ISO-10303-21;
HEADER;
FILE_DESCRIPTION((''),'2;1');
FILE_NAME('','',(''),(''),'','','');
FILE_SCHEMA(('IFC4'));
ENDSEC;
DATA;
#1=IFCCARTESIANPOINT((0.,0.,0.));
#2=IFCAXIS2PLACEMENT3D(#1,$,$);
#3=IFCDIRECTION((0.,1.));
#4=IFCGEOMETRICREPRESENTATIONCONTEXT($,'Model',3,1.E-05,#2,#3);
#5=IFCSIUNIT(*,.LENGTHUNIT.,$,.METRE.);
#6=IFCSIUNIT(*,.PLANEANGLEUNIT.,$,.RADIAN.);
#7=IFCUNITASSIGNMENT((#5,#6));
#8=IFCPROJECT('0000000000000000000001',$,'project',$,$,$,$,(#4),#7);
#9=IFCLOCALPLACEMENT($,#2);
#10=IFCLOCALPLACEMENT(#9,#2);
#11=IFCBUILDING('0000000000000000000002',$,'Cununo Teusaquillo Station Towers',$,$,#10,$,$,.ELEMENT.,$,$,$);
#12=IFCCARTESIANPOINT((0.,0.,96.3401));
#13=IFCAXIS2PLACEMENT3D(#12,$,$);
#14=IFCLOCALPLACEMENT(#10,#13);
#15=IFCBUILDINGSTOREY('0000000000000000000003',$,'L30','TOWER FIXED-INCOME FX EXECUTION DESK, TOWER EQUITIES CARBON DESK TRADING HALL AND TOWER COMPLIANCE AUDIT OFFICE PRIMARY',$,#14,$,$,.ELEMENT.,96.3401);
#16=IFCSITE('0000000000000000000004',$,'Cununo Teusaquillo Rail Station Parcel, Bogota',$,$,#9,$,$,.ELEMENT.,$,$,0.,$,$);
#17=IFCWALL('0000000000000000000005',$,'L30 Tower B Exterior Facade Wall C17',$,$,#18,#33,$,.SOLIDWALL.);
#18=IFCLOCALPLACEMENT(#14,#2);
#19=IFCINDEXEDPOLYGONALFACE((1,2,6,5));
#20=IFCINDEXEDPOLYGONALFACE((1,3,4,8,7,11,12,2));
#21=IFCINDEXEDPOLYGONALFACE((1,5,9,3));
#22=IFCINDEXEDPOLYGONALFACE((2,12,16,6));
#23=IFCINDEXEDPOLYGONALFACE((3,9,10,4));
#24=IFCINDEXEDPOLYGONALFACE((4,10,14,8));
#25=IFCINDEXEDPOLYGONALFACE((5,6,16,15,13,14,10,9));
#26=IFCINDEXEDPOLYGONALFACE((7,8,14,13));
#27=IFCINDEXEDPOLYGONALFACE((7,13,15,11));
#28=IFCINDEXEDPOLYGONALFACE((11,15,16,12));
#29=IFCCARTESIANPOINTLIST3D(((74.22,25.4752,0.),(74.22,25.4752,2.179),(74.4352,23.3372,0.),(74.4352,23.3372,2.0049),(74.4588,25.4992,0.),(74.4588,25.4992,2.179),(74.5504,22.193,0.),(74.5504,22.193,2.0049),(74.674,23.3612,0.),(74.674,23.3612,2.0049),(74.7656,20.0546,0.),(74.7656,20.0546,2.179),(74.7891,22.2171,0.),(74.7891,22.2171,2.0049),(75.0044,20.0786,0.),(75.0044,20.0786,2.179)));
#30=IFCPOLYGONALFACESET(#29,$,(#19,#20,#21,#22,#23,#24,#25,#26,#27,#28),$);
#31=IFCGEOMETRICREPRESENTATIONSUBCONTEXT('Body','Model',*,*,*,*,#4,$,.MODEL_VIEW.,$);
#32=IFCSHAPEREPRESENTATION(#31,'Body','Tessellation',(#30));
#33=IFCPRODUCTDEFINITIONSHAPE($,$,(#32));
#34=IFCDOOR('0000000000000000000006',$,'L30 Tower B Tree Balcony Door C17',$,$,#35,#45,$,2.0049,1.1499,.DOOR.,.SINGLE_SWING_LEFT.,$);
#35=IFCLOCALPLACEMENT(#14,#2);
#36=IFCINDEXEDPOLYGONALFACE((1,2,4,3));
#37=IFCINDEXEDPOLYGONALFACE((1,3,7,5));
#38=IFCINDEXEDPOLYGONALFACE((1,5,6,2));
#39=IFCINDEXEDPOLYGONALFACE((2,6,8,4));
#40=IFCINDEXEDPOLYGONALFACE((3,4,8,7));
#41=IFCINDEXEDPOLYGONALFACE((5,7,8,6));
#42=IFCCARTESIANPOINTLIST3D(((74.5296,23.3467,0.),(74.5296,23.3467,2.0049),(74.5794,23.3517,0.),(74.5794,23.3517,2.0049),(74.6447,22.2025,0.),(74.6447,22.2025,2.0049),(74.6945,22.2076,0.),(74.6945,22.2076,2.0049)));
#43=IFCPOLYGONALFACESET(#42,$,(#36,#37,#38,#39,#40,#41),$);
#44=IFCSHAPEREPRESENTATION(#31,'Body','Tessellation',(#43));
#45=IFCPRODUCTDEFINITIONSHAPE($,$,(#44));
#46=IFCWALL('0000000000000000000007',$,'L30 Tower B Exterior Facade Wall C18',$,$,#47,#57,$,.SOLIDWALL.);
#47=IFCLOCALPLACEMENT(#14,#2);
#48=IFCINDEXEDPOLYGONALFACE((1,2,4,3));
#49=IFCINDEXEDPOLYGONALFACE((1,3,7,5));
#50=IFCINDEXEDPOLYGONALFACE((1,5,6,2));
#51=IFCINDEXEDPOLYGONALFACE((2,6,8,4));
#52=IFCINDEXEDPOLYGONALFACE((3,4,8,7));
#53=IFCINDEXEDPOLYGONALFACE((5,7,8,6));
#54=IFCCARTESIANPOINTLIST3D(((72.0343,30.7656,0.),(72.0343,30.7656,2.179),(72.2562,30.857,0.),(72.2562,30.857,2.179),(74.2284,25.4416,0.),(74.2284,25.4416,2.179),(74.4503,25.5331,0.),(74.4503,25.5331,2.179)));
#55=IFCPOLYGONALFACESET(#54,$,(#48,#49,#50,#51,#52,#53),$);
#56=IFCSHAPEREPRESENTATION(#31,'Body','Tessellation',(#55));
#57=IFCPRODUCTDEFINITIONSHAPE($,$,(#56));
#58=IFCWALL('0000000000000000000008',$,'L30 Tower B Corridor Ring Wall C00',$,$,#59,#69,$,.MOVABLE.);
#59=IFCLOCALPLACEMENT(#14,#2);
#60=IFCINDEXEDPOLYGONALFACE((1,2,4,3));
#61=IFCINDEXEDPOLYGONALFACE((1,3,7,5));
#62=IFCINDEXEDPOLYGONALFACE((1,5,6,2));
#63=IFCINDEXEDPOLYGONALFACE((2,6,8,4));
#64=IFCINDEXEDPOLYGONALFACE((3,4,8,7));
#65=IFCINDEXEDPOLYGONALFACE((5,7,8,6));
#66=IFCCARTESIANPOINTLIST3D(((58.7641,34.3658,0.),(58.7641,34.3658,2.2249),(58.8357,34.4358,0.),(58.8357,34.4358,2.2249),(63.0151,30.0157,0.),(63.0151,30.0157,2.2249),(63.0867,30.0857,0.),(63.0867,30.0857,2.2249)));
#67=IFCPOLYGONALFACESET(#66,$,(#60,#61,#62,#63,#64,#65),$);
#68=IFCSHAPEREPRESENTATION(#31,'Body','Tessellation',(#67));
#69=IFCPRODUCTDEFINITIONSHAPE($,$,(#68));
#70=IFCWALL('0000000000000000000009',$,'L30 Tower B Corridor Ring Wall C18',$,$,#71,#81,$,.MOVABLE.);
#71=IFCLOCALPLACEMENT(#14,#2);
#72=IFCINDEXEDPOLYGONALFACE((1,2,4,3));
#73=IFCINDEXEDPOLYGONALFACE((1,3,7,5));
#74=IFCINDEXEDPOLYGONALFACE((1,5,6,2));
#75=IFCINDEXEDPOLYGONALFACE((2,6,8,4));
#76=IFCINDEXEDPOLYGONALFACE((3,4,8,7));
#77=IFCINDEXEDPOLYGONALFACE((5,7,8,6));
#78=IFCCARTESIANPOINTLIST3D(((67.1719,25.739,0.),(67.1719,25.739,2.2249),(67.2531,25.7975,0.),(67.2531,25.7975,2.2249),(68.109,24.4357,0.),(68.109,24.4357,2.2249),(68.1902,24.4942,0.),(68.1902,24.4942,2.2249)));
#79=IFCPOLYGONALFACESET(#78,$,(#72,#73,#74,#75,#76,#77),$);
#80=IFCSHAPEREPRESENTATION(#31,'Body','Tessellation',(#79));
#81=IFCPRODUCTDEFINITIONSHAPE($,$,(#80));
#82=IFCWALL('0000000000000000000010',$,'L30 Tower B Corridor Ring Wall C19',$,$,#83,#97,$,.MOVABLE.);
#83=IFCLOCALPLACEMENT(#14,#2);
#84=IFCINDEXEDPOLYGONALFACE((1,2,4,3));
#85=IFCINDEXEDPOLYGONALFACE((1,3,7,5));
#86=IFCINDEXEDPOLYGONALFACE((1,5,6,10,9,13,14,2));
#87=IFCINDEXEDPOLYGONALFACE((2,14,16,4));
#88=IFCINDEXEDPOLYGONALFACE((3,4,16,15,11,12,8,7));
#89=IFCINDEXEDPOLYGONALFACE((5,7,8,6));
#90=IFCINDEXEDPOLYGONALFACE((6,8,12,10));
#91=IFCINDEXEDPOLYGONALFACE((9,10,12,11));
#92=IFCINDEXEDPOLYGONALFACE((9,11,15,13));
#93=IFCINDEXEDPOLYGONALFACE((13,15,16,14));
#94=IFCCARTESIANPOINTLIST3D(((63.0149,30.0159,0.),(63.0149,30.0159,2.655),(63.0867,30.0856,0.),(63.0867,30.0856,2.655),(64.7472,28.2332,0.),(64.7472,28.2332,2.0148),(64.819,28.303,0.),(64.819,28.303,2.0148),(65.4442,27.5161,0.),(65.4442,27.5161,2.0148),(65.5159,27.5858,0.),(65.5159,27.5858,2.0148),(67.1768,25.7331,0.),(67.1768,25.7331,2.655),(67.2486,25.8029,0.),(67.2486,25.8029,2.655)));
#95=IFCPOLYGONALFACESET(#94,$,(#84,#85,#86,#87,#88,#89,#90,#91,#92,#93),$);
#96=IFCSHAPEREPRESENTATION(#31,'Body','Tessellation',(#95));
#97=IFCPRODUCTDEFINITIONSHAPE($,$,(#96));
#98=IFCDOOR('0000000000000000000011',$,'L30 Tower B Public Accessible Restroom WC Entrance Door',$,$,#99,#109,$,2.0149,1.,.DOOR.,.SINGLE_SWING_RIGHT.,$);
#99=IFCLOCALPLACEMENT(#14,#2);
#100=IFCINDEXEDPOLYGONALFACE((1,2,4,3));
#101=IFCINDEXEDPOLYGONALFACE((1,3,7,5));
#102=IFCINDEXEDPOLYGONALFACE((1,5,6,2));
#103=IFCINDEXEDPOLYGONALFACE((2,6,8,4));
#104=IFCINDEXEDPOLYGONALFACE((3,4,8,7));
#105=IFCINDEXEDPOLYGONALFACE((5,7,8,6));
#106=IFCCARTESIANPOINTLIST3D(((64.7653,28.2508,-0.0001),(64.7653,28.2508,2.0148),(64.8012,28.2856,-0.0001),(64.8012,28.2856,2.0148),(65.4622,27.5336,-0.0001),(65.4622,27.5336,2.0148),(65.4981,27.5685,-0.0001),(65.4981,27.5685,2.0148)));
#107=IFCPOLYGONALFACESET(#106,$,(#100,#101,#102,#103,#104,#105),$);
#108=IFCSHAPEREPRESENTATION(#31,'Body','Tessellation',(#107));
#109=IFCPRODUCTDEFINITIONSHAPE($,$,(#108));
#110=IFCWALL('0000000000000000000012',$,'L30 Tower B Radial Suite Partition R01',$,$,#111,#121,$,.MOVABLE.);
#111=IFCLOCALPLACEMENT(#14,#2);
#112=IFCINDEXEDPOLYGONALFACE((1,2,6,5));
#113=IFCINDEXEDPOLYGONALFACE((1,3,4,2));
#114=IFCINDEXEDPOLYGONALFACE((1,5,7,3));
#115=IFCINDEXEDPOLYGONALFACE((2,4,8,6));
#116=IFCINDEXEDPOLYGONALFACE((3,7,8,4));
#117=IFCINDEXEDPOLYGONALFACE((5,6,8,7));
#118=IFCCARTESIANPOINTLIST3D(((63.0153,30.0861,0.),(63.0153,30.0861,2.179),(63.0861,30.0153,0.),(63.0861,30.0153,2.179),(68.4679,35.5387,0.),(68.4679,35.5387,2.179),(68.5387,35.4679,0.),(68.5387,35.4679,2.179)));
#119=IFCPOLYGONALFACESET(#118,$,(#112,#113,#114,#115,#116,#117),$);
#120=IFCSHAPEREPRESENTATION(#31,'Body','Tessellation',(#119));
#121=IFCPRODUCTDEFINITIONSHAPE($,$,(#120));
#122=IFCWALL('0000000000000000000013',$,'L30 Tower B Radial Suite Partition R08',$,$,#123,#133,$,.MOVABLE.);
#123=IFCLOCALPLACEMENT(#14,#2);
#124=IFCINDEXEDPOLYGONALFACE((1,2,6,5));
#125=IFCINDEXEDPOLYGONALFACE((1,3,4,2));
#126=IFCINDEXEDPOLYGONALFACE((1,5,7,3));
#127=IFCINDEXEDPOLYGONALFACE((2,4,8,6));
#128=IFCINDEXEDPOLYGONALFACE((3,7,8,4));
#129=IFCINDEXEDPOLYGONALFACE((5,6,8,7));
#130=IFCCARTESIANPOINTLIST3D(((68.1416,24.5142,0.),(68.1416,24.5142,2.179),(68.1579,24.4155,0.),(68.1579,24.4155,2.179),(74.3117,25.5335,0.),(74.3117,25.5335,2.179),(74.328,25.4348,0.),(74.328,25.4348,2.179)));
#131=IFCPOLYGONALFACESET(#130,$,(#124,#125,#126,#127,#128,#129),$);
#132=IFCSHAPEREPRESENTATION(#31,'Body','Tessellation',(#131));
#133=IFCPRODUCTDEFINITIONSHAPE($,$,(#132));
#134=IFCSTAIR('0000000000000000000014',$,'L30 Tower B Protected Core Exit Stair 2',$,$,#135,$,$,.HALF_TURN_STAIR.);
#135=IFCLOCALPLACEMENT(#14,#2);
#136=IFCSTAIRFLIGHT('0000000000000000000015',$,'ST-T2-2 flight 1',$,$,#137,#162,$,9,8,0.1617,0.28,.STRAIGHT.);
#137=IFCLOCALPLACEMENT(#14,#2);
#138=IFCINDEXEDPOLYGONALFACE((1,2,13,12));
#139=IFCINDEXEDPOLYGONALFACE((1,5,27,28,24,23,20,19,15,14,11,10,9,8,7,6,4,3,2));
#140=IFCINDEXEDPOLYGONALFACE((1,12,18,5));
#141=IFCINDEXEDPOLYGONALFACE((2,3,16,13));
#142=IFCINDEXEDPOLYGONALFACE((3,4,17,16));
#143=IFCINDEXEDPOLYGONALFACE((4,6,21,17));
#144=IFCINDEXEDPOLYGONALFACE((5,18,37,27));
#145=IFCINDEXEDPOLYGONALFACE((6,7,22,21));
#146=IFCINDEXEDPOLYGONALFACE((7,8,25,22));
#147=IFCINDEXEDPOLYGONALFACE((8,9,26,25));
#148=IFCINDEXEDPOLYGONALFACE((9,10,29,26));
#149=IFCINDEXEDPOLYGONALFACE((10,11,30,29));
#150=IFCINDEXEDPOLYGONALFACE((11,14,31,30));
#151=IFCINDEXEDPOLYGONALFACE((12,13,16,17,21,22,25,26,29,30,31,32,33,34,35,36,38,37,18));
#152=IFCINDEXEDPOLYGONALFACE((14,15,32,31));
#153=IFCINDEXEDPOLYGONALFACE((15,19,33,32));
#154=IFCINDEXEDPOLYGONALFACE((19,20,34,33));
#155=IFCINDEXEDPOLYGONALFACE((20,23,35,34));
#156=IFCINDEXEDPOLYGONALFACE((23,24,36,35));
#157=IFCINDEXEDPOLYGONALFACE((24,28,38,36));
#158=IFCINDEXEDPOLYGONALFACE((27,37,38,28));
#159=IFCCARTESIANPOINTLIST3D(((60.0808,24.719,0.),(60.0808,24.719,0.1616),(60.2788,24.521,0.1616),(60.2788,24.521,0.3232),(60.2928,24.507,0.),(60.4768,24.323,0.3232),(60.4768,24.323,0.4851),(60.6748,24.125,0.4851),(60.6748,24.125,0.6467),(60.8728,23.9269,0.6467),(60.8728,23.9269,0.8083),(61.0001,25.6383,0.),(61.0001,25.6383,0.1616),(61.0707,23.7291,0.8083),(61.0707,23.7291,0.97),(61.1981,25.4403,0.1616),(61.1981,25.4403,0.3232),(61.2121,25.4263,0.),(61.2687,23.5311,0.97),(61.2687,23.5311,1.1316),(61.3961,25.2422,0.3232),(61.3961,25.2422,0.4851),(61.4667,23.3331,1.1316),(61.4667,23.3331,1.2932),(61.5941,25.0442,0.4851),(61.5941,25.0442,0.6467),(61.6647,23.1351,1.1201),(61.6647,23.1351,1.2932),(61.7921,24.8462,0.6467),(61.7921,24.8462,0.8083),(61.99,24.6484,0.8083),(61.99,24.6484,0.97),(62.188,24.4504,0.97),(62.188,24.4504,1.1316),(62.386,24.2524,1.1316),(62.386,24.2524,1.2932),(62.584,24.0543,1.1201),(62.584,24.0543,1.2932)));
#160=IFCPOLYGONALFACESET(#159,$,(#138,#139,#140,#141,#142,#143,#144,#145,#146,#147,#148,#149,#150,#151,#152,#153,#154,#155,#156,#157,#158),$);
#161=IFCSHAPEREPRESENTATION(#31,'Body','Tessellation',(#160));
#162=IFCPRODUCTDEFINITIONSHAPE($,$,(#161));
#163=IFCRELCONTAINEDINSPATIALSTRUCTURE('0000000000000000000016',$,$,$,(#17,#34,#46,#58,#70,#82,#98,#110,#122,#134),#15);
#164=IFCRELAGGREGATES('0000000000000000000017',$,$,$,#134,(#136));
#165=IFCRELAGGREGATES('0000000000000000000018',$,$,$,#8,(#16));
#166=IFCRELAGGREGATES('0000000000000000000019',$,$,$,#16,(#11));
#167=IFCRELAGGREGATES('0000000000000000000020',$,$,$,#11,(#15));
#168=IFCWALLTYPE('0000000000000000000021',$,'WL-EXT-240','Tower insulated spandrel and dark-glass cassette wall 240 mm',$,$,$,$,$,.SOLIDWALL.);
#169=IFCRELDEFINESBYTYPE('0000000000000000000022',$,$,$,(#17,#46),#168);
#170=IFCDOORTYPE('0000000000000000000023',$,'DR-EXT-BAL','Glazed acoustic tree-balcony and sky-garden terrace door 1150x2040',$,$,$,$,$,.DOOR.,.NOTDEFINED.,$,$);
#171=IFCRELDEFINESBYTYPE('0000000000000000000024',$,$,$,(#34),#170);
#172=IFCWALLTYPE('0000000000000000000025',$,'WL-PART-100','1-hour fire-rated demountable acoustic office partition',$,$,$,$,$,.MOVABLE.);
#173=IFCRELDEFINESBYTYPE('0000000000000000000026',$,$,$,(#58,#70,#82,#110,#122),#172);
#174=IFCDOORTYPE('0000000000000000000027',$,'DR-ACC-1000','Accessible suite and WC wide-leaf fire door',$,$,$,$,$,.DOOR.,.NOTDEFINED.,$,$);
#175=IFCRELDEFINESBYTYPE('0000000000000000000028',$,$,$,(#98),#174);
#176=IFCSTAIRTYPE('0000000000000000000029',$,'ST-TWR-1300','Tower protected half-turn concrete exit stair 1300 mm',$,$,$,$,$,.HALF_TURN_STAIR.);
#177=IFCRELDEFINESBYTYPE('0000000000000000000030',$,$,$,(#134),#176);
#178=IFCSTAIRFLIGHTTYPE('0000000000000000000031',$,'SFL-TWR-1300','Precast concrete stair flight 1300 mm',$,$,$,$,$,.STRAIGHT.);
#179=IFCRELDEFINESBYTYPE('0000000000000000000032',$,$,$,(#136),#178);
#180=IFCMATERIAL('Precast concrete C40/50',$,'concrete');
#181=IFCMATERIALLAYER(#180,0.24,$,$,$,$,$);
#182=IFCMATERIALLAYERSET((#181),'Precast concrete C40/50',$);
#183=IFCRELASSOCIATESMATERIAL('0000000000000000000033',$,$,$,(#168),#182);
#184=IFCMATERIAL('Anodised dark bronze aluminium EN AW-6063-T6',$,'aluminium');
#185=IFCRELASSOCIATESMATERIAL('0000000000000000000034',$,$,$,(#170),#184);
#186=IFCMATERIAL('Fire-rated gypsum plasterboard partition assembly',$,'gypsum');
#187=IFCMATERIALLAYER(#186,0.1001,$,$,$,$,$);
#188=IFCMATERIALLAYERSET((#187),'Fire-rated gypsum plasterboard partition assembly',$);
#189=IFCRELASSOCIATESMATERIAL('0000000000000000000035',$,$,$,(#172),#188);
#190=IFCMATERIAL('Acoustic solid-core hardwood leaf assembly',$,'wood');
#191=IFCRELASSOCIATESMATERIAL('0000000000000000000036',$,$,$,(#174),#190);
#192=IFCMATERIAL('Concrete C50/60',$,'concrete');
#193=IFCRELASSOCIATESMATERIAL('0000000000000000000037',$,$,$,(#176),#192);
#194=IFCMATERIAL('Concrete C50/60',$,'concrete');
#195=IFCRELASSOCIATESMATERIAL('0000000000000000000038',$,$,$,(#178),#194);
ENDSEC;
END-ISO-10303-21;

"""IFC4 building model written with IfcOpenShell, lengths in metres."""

from ifc_helpers import new_model, si_unit, direction, frame, frame_2d, origin, place, context, subcontext, project, spatial, polyline, rectangle, outline, extrude, source, transform, mapped, material, layer, layer_set, type_object, element, fill, aggregate, save


model = new_model("IFC4")

# Units and contexts
model_context = context("Model", 3, precision=1e-05, world=origin(), true_north=direction((0.0, 1.0)))
body_context = subcontext(model_context, "Body", "Model", "MODEL_VIEW")
ifc_project = project(units=[si_unit("LENGTHUNIT", "METRE"), si_unit("PLANEANGLEUNIT", "RADIAN")], contexts=[model_context])

# Site, building, storey
site_placement = place(None, origin())
site = spatial("IfcSite", under=ifc_project, at=site_placement, Name="Cununo Teusaquillo Rail Station Parcel, Bogota", CompositionType="ELEMENT", RefElevation=0.0)
building_placement = place(site_placement, origin())
building = spatial("IfcBuilding", under=site, at=building_placement, Name="Cununo Teusaquillo Station Towers", CompositionType="ELEMENT")
storey_placement = place(building_placement, frame((0.0, 0.0, 96.3401)))
storey = spatial("IfcBuildingStorey", under=building, at=storey_placement, Name="L30", Description="TOWER FIXED-INCOME FX EXECUTION DESK, TOWER EQUITIES CARBON DESK TRADING HALL AND TOWER COMPLIANCE AUDIT OFFICE PRIMARY", CompositionType="ELEMENT", Elevation=96.3401)

# Wall, opening, door
ifc_material_1 = material(Name="Precast concrete C40/50", Category="concrete")
ifc_layer_1 = layer(ifc_material_1, 0.24)
ifc_layer_set_1 = layer_set([ifc_layer_1], Name="Precast concrete C40/50")
wall_type_1 = type_object("IfcWallType", Name="WL-EXT-240", Description="Tower insulated spandrel and dark-glass cassette wall 240 mm", PredefinedType="SOLIDWALL", material=ifc_layer_set_1)
wall_1_placement = place(storey_placement, frame((74.3394, 25.4873, 0.0), z_axis=(0.0, 0.0, 1.0), x_axis=(0.100156, -0.994972, 0.0)))
wall_1 = element("IfcWall", 1, at=wall_1_placement, inside=storey, type_object=wall_type_1, Name="L30 Tower B Exterior Facade Wall C17", PredefinedType="SOLIDWALL", context=body_context, shape_type="SweptSolid", body=[
    extrude(rectangle(XDim=5.448, YDim=0.24, at=frame_2d((2.7241, 0.0))), origin(), (0.0, 0.0, 1.0), 2.179),
])
shared_shape_1 = source(origin(), body_context, "Body", "SweptSolid", [
    extrude(rectangle(XDim=1.1499, YDim=2.0049, at=frame_2d((0.575, 1.0024))), frame((0.0, 0.1299, 0.0), z_axis=(0.0, -1.0, 0.0), x_axis=(1.0, 0.0, 0.0)), (0.0, 0.0, 1.0), 0.26),
])
opening_1_placement = place(wall_1_placement, frame((2.1489, 0.0, 0.0)))
opening_1 = element("IfcOpeningElement", 2, at=opening_1_placement, cuts=wall_1, PredefinedType="OPENING", context=body_context, shape_type="MappedRepresentation", body=[
    mapped(shared_shape_1, transform((0.0, 0.0, 0.0), x_axis=(1.0, 0.0, 0.0), y_axis=(0.0, 1.0, 0.0), z_axis=(0.0, 0.0, 1.0), scale=1.0)),
])
ifc_material_2 = material(Name="Anodised dark bronze aluminium EN AW-6063-T6", Category="aluminium")
door_type_1 = type_object("IfcDoorType", Name="DR-EXT-BAL", Description="Glazed acoustic tree-balcony and sky-garden terrace door 1150x2040", OperationType="NOTDEFINED", PredefinedType="DOOR", material=ifc_material_2)
shared_shape_2 = source(origin(), body_context, "Body", "SweptSolid", [
    extrude(rectangle(XDim=1.1499, YDim=2.0049, at=frame_2d((0.575, 1.0024))), frame((0.0, 0.0249, 0.0), z_axis=(0.0, -1.0, 0.0), x_axis=(1.0, 0.0, 0.0)), (0.0, 0.0, 1.0), 0.05),
])
door_1_placement = place(opening_1_placement, origin())
door_1 = element("IfcDoor", 3, at=door_1_placement, inside=storey, type_object=door_type_1, Name="L30 Tower B Tree Balcony Door C17", OperationType="SINGLE_SWING_LEFT", OverallHeight=2.0049, OverallWidth=1.1499, PredefinedType="DOOR", context=body_context, shape_type="MappedRepresentation", body=[
    mapped(shared_shape_2, transform((0.0, 0.0, 0.0), x_axis=(1.0, 0.0, 0.0), y_axis=(0.0, 1.0, 0.0), z_axis=(0.0, 0.0, 1.0), scale=1.0)),
])
fill(opening_1, door_1)

# Walls
wall_2_placement = place(storey_placement, frame((72.1453, 30.8113, 0.0), z_axis=(0.0, 0.0, 1.0), x_axis=(0.381027, -0.924564, 0.0)))
element("IfcWall", 4, at=wall_2_placement, inside=storey, type_object=wall_type_1, Name="L30 Tower B Exterior Facade Wall C18", PredefinedType="SOLIDWALL", context=body_context, shape_type="SweptSolid", body=[
    extrude(rectangle(XDim=5.7583, YDim=0.24, at=frame_2d((2.8792, 0.0))), origin(), (0.0, 0.0, 1.0), 2.179),
])
ifc_material_3 = material(Name="Fire-rated gypsum plasterboard partition assembly", Category="gypsum")
ifc_layer_2 = layer(ifc_material_3, 0.1001)
ifc_layer_set_2 = layer_set([ifc_layer_2], Name="Fire-rated gypsum plasterboard partition assembly")
wall_type_2 = type_object("IfcWallType", Name="WL-PART-100", Description="1-hour fire-rated demountable acoustic office partition", PredefinedType="MOVABLE", material=ifc_layer_set_2)
wall_3_placement = place(storey_placement, frame((63.0508, 30.0508, 0.0), z_axis=(0.0, 0.0, 1.0), x_axis=(-0.698911, 0.715208, 0.0)))
element("IfcWall", 5, at=wall_3_placement, inside=storey, type_object=wall_type_2, Name="L30 Tower B Corridor Ring Wall C00", PredefinedType="MOVABLE", context=body_context, shape_type="SweptSolid", body=[
    extrude(rectangle(XDim=6.0823, YDim=0.1001, at=frame_2d((3.041, 0.0))), origin(), (0.0, 0.0, 1.0), 2.2249),
])
wall_4_placement = place(storey_placement, frame((68.1497, 24.4648, 0.0), z_axis=(0.0, 0.0, 1.0), x_axis=(-0.583768, 0.811921, 0.0)))
element("IfcWall", 6, at=wall_4_placement, inside=storey, type_object=wall_type_2, Name="L30 Tower B Corridor Ring Wall C18", PredefinedType="MOVABLE", context=body_context, shape_type="SweptSolid", body=[
    extrude(rectangle(XDim=1.6052, YDim=0.1001, at=frame_2d((0.8027, 0.0))), origin(), (0.0, 0.0, 1.0), 2.2249),
])

# Wall, opening, door
wall_5_placement = place(storey_placement, frame((67.2126, 25.7681, 0.0), z_axis=(0.0, 0.0, 1.0), x_axis=(-0.696916, 0.717153, 0.0)))
wall_5 = element("IfcWall", 7, at=wall_5_placement, inside=storey, type_object=wall_type_2, Name="L30 Tower B Corridor Ring Wall C19", PredefinedType="MOVABLE", context=body_context, shape_type="SweptSolid", body=[
    extrude(rectangle(XDim=5.9719, YDim=0.1001, at=frame_2d((2.9858, 0.0))), origin(), (0.0, 0.0, 1.0), 2.655),
])
shared_shape_3 = source(origin(), body_context, "Body", "SweptSolid", [
    extrude(rectangle(XDim=1.0, YDim=2.0149, at=frame_2d((0.5, 1.0073))), frame((0.0, 0.0601, 0.0), z_axis=(0.0, -1.0, 0.0), x_axis=(1.0, 0.0, 0.0)), (0.0, 0.0, 1.0), 0.1201),
])
opening_2_placement = place(wall_5_placement, frame((2.4861, 0.0, 0.0)))
opening_2 = element("IfcOpeningElement", 8, at=opening_2_placement, cuts=wall_5, PredefinedType="OPENING", context=body_context, shape_type="MappedRepresentation", body=[
    mapped(shared_shape_3, transform((0.0, 0.0, 0.0), x_axis=(1.0, 0.0, 0.0), y_axis=(0.0, 1.0, 0.0), z_axis=(0.0, 0.0, 1.0), scale=1.0)),
])
ifc_material_4 = material(Name="Acoustic solid-core hardwood leaf assembly", Category="wood")
door_type_2 = type_object("IfcDoorType", Name="DR-ACC-1000", Description="Accessible suite and WC wide-leaf fire door", OperationType="NOTDEFINED", PredefinedType="DOOR", material=ifc_material_4)
shared_shape_4 = source(origin(), body_context, "Body", "SweptSolid", [
    extrude(rectangle(XDim=1.0, YDim=2.0149, at=frame_2d((0.5, 1.0073))), frame((0.0, 0.0249, 0.0), z_axis=(0.0, -1.0, 0.0), x_axis=(1.0, 0.0, 0.0)), (0.0, 0.0, 1.0), 0.05),
])
door_2_placement = place(opening_2_placement, origin())
door_2 = element("IfcDoor", 9, at=door_2_placement, inside=storey, type_object=door_type_2, Name="L30 Tower B Public Accessible Restroom WC Entrance Door", OperationType="SINGLE_SWING_RIGHT", OverallHeight=2.0149, OverallWidth=1.0, PredefinedType="DOOR", context=body_context, shape_type="MappedRepresentation", body=[
    mapped(shared_shape_4, transform((0.0, 0.0, 0.0), x_axis=(1.0, 0.0, 0.0), y_axis=(0.0, 1.0, 0.0), z_axis=(0.0, 0.0, 1.0), scale=1.0)),
])
fill(opening_2, door_2)

# Walls
wall_6_placement = place(storey_placement, frame((63.0508, 30.0508, 0.0), z_axis=(0.0, 0.0, 1.0), x_axis=(0.707107, 0.707107, 0.0)))
element("IfcWall", 10, at=wall_6_placement, inside=storey, type_object=wall_type_2, Name="L30 Tower B Radial Suite Partition R01", PredefinedType="MOVABLE", context=body_context, shape_type="SweptSolid", body=[
    extrude(rectangle(XDim=7.7112, YDim=0.1001, at=frame_2d((3.8555, 0.0))), origin(), (0.0, 0.0, 1.0), 2.179),
])
wall_7_placement = place(storey_placement, frame((68.1497, 24.4648, 0.0), z_axis=(0.0, 0.0, 1.0), x_axis=(0.986627, 0.162993, 0.0)))
element("IfcWall", 11, at=wall_7_placement, inside=storey, type_object=wall_type_2, Name="L30 Tower B Radial Suite Partition R08", PredefinedType="MOVABLE", context=body_context, shape_type="SweptSolid", body=[
    extrude(rectangle(XDim=6.2537, YDim=0.1001, at=frame_2d((3.127, 0.0))), origin(), (0.0, 0.0, 1.0), 2.179),
])

# Stair, stair flight
ifc_material_5 = material(Name="Concrete C50/60", Category="concrete")
stair_type = type_object("IfcStairType", Name="ST-TWR-1300", Description="Tower protected half-turn concrete exit stair 1300 mm", PredefinedType="HALF_TURN_STAIR", material=ifc_material_5)
stair_placement = place(storey_placement, origin())
stair = element("IfcStair", 12, at=stair_placement, inside=storey, type_object=stair_type, Name="L30 Tower B Protected Core Exit Stair 2", PredefinedType="HALF_TURN_STAIR")
ifc_material_6 = material(Name="Concrete C50/60", Category="concrete")
stair_flight_type = type_object("IfcStairFlightType", Name="SFL-TWR-1300", Description="Precast concrete stair flight 1300 mm", PredefinedType="STRAIGHT", material=ifc_material_6)
stair_flight_1_placement = place(storey_placement, frame((60.5405, 25.1787, 0.0), z_axis=(0.0, 0.0, 1.0), x_axis=(0.707107, -0.707107, 0.0)))
stair_flight_1 = element("IfcStairFlight", 13, at=stair_flight_1_placement, type_object=stair_flight_type, Name="ST-T2-2 flight 1", NumberOfRisers=9, NumberOfTreads=8, PredefinedType="STRAIGHT", RiserHeight=0.1617, TreadLength=0.28, context=body_context, shape_type="SweptSolid", body=[
    extrude(outline(polyline([(0.0, 0.0), (0.0, 0.1616), (0.28, 0.1616), (0.28, 0.3232), (0.5601, 0.3232), (0.5601, 0.4851), (0.8401, 0.4851), (0.8401, 0.6467), (1.1201, 0.6467), (1.1201, 0.8083), (1.3999, 0.8083), (1.3999, 0.97), (1.6799, 0.97), (1.6799, 1.1316), (1.96, 1.1316), (1.96, 1.2932), (2.24, 1.2932), (2.24, 1.4551), (2.24, 1.1201), (0.2998, 0.0), (0.0, 0.0)])), frame((0.0, 0.6499, 0.0), z_axis=(0.0, -1.0, 0.0), x_axis=(1.0, 0.0, 0.0)), (0.0, 0.0, 1.0), 1.3),
])
aggregate(stair, [stair_flight_1])

save(model, "model.ifc")
